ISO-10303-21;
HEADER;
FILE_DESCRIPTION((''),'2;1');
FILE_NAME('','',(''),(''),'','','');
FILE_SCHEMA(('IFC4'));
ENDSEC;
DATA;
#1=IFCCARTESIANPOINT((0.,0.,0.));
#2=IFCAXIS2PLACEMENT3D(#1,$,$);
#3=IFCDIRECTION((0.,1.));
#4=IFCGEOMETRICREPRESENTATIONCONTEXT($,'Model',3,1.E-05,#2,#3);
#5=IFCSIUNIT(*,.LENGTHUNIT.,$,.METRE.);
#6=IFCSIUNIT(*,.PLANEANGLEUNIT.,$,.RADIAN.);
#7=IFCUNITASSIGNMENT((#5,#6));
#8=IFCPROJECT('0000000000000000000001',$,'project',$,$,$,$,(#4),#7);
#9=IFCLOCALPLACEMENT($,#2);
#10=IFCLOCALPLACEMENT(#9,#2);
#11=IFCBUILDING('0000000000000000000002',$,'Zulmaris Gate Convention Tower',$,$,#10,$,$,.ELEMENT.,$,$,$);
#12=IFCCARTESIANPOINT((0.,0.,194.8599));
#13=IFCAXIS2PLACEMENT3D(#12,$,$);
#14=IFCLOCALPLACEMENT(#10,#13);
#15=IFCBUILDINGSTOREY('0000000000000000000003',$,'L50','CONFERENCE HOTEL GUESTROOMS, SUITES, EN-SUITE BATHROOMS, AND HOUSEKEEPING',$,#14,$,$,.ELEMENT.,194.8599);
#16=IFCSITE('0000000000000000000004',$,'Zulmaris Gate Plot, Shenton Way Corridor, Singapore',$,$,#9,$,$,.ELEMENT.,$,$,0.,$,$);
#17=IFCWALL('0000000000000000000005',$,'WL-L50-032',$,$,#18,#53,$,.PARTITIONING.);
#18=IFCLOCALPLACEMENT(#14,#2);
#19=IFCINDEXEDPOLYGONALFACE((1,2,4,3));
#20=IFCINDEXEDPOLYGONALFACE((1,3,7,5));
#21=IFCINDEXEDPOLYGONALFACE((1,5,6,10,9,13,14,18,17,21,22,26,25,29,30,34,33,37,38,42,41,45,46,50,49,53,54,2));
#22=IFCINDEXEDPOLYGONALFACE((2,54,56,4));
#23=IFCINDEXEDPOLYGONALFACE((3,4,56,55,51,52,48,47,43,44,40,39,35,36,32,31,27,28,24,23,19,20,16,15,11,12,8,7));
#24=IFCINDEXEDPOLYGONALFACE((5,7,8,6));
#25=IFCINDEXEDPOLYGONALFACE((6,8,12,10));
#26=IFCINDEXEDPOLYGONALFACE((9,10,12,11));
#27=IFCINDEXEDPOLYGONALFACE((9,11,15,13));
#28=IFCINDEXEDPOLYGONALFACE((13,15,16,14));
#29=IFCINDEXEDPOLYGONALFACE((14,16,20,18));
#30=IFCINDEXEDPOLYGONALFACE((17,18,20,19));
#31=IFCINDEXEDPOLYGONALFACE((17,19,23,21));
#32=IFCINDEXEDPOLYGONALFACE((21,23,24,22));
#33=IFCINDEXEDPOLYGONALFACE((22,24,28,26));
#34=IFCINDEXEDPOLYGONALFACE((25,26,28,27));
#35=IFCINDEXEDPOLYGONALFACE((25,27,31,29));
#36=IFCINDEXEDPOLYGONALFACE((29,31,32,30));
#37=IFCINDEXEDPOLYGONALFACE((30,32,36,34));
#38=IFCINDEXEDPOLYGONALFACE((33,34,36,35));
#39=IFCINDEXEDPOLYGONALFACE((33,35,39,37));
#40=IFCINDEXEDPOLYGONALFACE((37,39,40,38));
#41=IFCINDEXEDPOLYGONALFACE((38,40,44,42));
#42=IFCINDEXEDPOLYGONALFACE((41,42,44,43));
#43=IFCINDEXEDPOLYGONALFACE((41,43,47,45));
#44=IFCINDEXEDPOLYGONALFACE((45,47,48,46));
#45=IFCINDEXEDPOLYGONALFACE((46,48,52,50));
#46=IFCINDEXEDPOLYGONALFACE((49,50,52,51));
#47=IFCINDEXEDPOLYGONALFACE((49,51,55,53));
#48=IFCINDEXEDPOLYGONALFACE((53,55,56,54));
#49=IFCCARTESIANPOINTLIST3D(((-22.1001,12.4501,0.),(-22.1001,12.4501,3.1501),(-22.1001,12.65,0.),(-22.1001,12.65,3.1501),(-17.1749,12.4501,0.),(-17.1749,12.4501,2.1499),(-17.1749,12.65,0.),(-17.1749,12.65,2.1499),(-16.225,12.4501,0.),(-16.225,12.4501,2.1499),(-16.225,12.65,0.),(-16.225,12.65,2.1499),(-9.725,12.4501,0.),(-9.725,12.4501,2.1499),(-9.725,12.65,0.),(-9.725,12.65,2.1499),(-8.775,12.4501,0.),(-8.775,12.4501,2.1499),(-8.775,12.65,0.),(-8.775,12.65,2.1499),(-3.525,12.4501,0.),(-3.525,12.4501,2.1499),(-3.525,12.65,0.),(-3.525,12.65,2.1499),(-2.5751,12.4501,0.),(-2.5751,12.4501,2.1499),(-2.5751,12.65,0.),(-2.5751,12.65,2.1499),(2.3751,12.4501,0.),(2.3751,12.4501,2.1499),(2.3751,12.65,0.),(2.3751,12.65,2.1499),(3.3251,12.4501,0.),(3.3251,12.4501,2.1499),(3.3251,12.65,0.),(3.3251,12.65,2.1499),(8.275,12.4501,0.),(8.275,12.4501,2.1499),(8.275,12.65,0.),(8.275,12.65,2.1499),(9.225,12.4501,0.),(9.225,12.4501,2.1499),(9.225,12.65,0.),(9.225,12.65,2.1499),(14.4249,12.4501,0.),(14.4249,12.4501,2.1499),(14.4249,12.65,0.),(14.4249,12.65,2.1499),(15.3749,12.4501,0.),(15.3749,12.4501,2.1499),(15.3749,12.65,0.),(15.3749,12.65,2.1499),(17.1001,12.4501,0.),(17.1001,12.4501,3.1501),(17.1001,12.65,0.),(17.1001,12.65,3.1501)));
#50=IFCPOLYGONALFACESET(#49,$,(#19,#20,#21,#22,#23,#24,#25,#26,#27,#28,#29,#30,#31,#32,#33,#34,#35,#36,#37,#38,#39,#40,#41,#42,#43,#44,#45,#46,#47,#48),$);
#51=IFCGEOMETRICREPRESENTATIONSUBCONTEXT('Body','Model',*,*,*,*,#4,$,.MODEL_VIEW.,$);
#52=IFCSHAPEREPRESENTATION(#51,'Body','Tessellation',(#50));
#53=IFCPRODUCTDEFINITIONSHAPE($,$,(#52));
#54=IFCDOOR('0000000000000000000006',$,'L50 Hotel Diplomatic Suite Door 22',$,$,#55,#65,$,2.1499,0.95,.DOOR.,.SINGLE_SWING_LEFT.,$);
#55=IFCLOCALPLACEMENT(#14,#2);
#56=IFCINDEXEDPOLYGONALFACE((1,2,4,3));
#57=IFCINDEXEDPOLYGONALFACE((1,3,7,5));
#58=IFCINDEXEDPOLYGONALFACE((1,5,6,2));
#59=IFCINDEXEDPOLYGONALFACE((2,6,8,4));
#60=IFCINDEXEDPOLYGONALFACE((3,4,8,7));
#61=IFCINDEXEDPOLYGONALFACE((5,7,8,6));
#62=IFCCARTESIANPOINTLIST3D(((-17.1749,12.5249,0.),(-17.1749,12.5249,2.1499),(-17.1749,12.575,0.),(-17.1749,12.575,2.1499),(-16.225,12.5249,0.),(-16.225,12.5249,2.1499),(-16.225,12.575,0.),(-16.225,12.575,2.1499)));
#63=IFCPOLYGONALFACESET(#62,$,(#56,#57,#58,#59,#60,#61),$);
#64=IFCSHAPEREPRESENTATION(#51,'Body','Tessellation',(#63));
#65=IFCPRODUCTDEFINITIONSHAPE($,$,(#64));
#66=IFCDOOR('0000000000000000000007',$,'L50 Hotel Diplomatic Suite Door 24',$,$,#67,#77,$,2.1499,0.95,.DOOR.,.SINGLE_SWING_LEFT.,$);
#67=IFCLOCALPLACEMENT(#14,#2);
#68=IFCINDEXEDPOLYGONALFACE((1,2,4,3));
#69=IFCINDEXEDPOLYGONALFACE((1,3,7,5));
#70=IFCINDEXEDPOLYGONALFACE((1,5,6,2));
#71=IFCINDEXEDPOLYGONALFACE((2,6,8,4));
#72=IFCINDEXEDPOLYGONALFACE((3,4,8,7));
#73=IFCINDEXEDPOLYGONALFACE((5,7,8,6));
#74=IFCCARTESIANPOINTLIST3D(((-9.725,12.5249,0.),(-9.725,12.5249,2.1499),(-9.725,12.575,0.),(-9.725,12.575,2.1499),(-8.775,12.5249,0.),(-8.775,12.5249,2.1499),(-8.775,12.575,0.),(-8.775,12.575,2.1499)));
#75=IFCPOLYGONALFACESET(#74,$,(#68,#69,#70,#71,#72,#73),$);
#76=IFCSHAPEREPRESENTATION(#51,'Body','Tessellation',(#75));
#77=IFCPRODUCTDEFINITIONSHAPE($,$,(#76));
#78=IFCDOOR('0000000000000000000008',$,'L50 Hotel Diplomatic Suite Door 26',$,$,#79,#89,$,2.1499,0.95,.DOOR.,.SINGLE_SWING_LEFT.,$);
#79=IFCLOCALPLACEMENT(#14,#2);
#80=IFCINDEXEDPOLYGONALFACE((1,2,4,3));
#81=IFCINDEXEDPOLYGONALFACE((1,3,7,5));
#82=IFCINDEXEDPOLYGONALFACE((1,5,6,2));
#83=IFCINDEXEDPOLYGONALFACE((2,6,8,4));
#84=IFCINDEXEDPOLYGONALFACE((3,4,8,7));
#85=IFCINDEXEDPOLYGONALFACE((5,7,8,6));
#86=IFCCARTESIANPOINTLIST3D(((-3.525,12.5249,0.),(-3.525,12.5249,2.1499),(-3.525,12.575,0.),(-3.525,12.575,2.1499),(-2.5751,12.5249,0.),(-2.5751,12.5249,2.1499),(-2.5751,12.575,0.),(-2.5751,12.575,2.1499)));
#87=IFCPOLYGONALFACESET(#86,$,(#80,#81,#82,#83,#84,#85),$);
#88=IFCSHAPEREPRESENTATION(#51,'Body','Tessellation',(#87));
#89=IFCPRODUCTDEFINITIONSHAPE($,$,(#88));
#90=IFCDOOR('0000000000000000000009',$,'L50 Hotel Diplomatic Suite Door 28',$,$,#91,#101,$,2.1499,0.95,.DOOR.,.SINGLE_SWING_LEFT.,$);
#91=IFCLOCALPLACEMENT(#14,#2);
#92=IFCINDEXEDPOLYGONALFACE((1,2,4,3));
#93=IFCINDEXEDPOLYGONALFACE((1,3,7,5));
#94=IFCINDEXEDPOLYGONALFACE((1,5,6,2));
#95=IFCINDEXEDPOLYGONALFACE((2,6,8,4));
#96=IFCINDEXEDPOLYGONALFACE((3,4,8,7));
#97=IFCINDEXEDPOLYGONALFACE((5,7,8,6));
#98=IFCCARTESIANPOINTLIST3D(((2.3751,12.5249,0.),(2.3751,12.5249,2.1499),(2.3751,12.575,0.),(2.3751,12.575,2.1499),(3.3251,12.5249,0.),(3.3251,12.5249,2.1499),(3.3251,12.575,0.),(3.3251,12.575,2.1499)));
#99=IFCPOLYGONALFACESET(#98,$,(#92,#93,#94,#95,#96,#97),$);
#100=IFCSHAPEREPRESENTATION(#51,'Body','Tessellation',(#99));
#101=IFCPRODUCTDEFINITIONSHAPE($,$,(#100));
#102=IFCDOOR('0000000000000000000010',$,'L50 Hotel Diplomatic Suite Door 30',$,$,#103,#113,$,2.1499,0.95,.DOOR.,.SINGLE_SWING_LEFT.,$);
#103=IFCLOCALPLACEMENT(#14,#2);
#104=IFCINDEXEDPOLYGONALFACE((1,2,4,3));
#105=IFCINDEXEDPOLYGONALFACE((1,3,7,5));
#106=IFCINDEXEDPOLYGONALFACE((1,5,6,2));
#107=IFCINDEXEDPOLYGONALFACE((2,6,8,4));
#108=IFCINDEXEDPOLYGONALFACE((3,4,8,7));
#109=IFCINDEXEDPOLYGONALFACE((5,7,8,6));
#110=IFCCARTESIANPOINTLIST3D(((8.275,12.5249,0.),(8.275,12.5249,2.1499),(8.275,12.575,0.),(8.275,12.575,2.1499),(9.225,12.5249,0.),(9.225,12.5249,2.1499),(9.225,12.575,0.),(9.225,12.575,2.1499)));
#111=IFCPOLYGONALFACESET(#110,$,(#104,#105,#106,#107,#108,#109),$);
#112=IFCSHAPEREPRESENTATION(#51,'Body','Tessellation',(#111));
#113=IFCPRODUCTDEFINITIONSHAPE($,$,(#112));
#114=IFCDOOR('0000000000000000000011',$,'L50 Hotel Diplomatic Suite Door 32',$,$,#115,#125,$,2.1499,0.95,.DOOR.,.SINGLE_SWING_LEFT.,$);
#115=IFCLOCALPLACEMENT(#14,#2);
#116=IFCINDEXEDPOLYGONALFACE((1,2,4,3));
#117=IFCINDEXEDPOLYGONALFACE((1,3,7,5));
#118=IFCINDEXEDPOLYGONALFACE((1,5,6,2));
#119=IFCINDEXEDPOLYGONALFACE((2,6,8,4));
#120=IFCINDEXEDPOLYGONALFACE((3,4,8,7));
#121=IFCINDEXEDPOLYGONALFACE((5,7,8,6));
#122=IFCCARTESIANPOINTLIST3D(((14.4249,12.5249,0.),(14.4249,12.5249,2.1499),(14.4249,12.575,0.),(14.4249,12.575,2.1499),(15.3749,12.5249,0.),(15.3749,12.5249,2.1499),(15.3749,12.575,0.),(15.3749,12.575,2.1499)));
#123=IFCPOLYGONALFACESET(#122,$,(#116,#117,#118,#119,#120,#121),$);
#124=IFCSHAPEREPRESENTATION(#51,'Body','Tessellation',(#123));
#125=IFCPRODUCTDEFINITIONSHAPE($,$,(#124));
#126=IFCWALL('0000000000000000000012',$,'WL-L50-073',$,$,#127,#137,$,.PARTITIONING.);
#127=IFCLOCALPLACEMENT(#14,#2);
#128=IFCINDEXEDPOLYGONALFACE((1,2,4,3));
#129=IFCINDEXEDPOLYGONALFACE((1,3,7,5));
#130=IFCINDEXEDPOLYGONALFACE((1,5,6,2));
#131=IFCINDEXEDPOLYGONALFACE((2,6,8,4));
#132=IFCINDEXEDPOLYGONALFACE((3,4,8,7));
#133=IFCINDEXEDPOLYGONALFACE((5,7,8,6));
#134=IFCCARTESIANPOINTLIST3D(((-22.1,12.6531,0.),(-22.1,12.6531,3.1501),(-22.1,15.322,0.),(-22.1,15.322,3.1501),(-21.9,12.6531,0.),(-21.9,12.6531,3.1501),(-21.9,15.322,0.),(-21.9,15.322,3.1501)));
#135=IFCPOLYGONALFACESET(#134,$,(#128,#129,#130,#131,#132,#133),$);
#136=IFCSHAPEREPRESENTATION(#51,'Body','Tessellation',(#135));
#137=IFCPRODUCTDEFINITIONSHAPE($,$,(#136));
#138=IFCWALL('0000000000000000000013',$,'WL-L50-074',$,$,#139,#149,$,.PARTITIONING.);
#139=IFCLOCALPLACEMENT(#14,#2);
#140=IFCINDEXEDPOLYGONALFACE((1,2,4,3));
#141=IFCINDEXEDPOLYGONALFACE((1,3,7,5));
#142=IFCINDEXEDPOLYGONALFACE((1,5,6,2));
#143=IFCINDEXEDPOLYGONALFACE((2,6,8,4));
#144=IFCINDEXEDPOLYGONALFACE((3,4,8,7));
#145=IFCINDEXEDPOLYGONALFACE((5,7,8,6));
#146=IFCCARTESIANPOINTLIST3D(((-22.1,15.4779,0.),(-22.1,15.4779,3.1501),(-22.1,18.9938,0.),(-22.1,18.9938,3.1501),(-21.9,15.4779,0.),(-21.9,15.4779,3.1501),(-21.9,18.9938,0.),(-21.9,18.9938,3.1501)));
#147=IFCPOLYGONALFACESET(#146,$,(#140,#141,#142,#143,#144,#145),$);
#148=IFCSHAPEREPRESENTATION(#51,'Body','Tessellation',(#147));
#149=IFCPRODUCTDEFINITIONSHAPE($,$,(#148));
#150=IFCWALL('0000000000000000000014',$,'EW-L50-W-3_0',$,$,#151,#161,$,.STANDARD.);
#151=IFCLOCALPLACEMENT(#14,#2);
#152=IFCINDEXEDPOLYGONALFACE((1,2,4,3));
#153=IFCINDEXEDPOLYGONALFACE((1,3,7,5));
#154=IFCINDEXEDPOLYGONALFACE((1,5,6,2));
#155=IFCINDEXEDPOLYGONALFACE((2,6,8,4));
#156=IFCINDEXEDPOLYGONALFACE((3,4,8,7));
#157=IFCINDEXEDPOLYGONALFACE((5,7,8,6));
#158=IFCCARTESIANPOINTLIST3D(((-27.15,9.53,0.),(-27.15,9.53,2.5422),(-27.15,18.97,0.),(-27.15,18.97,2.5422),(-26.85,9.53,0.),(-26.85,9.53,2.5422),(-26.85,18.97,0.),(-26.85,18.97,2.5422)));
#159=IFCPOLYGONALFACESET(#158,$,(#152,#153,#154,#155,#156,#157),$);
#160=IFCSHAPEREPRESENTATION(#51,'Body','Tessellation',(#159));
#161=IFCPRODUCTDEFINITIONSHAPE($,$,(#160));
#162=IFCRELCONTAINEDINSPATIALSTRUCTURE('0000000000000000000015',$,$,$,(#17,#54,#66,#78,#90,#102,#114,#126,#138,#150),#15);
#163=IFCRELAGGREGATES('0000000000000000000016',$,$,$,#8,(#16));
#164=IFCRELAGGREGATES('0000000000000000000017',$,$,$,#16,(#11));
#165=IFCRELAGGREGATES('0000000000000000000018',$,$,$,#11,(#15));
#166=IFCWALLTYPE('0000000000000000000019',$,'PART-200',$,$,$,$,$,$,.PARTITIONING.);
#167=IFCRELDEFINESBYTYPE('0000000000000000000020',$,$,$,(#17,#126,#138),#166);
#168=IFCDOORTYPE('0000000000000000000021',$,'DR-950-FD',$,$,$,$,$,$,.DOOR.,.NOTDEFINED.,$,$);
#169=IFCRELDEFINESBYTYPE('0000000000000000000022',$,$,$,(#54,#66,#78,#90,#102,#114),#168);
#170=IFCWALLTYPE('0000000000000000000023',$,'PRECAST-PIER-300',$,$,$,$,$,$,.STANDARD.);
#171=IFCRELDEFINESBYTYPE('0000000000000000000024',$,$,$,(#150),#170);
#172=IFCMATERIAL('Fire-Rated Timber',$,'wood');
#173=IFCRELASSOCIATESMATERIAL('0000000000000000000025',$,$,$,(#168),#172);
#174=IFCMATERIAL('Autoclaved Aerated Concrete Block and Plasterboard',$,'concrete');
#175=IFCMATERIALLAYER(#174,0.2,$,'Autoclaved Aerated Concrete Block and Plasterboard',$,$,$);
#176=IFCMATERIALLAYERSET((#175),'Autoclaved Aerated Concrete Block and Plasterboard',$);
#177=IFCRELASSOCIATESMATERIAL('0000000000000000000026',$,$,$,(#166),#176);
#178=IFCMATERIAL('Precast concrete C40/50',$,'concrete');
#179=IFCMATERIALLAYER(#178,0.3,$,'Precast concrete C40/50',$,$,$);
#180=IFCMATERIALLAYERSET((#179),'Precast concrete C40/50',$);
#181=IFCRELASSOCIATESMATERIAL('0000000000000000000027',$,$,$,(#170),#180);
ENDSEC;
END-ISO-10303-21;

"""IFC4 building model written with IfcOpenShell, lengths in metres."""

from ifc_helpers import new_model, si_unit, direction, frame, frame_2d, origin, place, context, subcontext, project, spatial, rectangle, extrude, material, layer, layer_set, type_object, element, fill, save


model = new_model("IFC4")

# Units and contexts
model_context = context("Model", 3, precision=1e-05, world=origin(), true_north=direction((0.0, 1.0)))
body_context = subcontext(model_context, "Body", "Model", "MODEL_VIEW")
ifc_project = project(units=[si_unit("LENGTHUNIT", "METRE"), si_unit("PLANEANGLEUNIT", "RADIAN")], contexts=[model_context])

# Site, building, storey
site_placement = place(None, origin())
site = spatial("IfcSite", under=ifc_project, at=site_placement, Name="Zulmaris Gate Plot, Shenton Way Corridor, Singapore", CompositionType="ELEMENT", RefElevation=0.0)
building_placement = place(site_placement, origin())
building = spatial("IfcBuilding", under=site, at=building_placement, Name="Zulmaris Gate Convention Tower", CompositionType="ELEMENT")
storey_placement = place(building_placement, frame((0.0, 0.0, 194.8599)))
storey = spatial("IfcBuildingStorey", under=building, at=storey_placement, Name="L50", Description="CONFERENCE HOTEL GUESTROOMS, SUITES, EN-SUITE BATHROOMS, AND HOUSEKEEPING", CompositionType="ELEMENT", Elevation=194.8599)

# Shared definitions
ifc_material_1 = material(Name="Fire-Rated Timber", Category="wood")
door_type_1 = type_object("IfcDoorType", Name="DR-950-FD", OperationType="NOTDEFINED", PredefinedType="DOOR", material=ifc_material_1)

# Wall, openings, doors
ifc_material_2 = material(Name="Autoclaved Aerated Concrete Block and Plasterboard", Category="concrete")
ifc_layer_1 = layer(ifc_material_2, 0.2, Name="Autoclaved Aerated Concrete Block and Plasterboard")
ifc_layer_set_1 = layer_set([ifc_layer_1], Name="Autoclaved Aerated Concrete Block and Plasterboard")
wall_type_1 = type_object("IfcWallType", Name="PART-200", PredefinedType="PARTITIONING", material=ifc_layer_set_1)
wall_1_placement = place(storey_placement, frame((-22.1001, 12.55, 0.0), z_axis=(0.0, 0.0, 1.0), x_axis=(1.0, 0.0, 0.0)))
wall_1 = element("IfcWall", 1, at=wall_1_placement, inside=storey, type_object=wall_type_1, Name="WL-L50-032", PredefinedType="PARTITIONING", context=body_context, shape_type="SweptSolid", body=[
    extrude(rectangle(XDim=39.2002, YDim=0.2, at=frame_2d((19.6001, 0.0))), origin(), (0.0, 0.0, 1.0), 3.1501),
])
opening_1_placement = place(wall_1_placement, frame((4.925, 0.0, 0.0)))
opening_1 = element("IfcOpeningElement", 2, at=opening_1_placement, cuts=wall_1, PredefinedType="OPENING", context=body_context, shape_type="SweptSolid", body=[
    extrude(rectangle(XDim=0.95, YDim=2.1499, at=frame_2d((0.4751, 1.075))), frame((0.0, 0.1099, 0.0), z_axis=(0.0, -1.0, 0.0), x_axis=(1.0, 0.0, 0.0)), (0.0, 0.0, 1.0), 0.22),
])
opening_2_placement = place(wall_1_placement, frame((12.375, 0.0, 0.0)))
opening_2 = element("IfcOpeningElement", 3, at=opening_2_placement, cuts=wall_1, PredefinedType="OPENING", context=body_context, shape_type="SweptSolid", body=[
    extrude(rectangle(XDim=0.95, YDim=2.1499, at=frame_2d((0.4751, 1.075))), frame((0.0, 0.1099, 0.0), z_axis=(0.0, -1.0, 0.0), x_axis=(1.0, 0.0, 0.0)), (0.0, 0.0, 1.0), 0.22),
])
opening_3_placement = place(wall_1_placement, frame((18.575, 0.0, 0.0)))
opening_3 = element("IfcOpeningElement", 4, at=opening_3_placement, cuts=wall_1, PredefinedType="OPENING", context=body_context, shape_type="SweptSolid", body=[
    extrude(rectangle(XDim=0.95, YDim=2.1499, at=frame_2d((0.4751, 1.075))), frame((0.0, 0.1099, 0.0), z_axis=(0.0, -1.0, 0.0), x_axis=(1.0, 0.0, 0.0)), (0.0, 0.0, 1.0), 0.22),
])
opening_4_placement = place(wall_1_placement, frame((24.4751, 0.0, 0.0)))
opening_4 = element("IfcOpeningElement", 5, at=opening_4_placement, cuts=wall_1, PredefinedType="OPENING", context=body_context, shape_type="SweptSolid", body=[
    extrude(rectangle(XDim=0.95, YDim=2.1499, at=frame_2d((0.4751, 1.075))), frame((0.0, 0.1099, 0.0), z_axis=(0.0, -1.0, 0.0), x_axis=(1.0, 0.0, 0.0)), (0.0, 0.0, 1.0), 0.22),
])
opening_5_placement = place(wall_1_placement, frame((30.375, 0.0, 0.0)))
opening_5 = element("IfcOpeningElement", 6, at=opening_5_placement, cuts=wall_1, PredefinedType="OPENING", context=body_context, shape_type="SweptSolid", body=[
    extrude(rectangle(XDim=0.95, YDim=2.1499, at=frame_2d((0.4751, 1.075))), frame((0.0, 0.1099, 0.0), z_axis=(0.0, -1.0, 0.0), x_axis=(1.0, 0.0, 0.0)), (0.0, 0.0, 1.0), 0.22),
])
opening_6_placement = place(wall_1_placement, frame((36.5249, 0.0, 0.0)))
opening_6 = element("IfcOpeningElement", 7, at=opening_6_placement, cuts=wall_1, PredefinedType="OPENING", context=body_context, shape_type="SweptSolid", body=[
    extrude(rectangle(XDim=0.95, YDim=2.1499, at=frame_2d((0.4751, 1.075))), frame((0.0, 0.1099, 0.0), z_axis=(0.0, -1.0, 0.0), x_axis=(1.0, 0.0, 0.0)), (0.0, 0.0, 1.0), 0.22),
])
door_1_placement = place(opening_1_placement, origin())
door_1 = element("IfcDoor", 8, at=door_1_placement, inside=storey, type_object=door_type_1, Name="L50 Hotel Diplomatic Suite Door 22", OperationType="SINGLE_SWING_LEFT", OverallHeight=2.1499, OverallWidth=0.95, PredefinedType="DOOR", context=body_context, shape_type="SweptSolid", body=[
    extrude(rectangle(XDim=0.95, YDim=2.1499, at=frame_2d((0.4751, 1.075))), frame((0.0, 0.0249, 0.0), z_axis=(0.0, -1.0, 0.0), x_axis=(1.0, 0.0, 0.0)), (0.0, 0.0, 1.0), 0.05),
])
fill(opening_1, door_1)
door_2_placement = place(opening_2_placement, origin())
door_2 = element("IfcDoor", 9, at=door_2_placement, inside=storey, type_object=door_type_1, Name="L50 Hotel Diplomatic Suite Door 24", OperationType="SINGLE_SWING_LEFT", OverallHeight=2.1499, OverallWidth=0.95, PredefinedType="DOOR", context=body_context, shape_type="SweptSolid", body=[
    extrude(rectangle(XDim=0.95, YDim=2.1499, at=frame_2d((0.4751, 1.075))), frame((0.0, 0.0249, 0.0), z_axis=(0.0, -1.0, 0.0), x_axis=(1.0, 0.0, 0.0)), (0.0, 0.0, 1.0), 0.05),
])
fill(opening_2, door_2)
door_3_placement = place(opening_3_placement, origin())
door_3 = element("IfcDoor", 10, at=door_3_placement, inside=storey, type_object=door_type_1, Name="L50 Hotel Diplomatic Suite Door 26", OperationType="SINGLE_SWING_LEFT", OverallHeight=2.1499, OverallWidth=0.95, PredefinedType="DOOR", context=body_context, shape_type="SweptSolid", body=[
    extrude(rectangle(XDim=0.95, YDim=2.1499, at=frame_2d((0.4751, 1.075))), frame((0.0, 0.0249, 0.0), z_axis=(0.0, -1.0, 0.0), x_axis=(1.0, 0.0, 0.0)), (0.0, 0.0, 1.0), 0.05),
])
fill(opening_3, door_3)
door_4_placement = place(opening_4_placement, origin())
door_4 = element("IfcDoor", 11, at=door_4_placement, inside=storey, type_object=door_type_1, Name="L50 Hotel Diplomatic Suite Door 28", OperationType="SINGLE_SWING_LEFT", OverallHeight=2.1499, OverallWidth=0.95, PredefinedType="DOOR", context=body_context, shape_type="SweptSolid", body=[
    extrude(rectangle(XDim=0.95, YDim=2.1499, at=frame_2d((0.4751, 1.075))), frame((0.0, 0.0249, 0.0), z_axis=(0.0, -1.0, 0.0), x_axis=(1.0, 0.0, 0.0)), (0.0, 0.0, 1.0), 0.05),
])
fill(opening_4, door_4)
door_5_placement = place(opening_5_placement, origin())
door_5 = element("IfcDoor", 12, at=door_5_placement, inside=storey, type_object=door_type_1, Name="L50 Hotel Diplomatic Suite Door 30", OperationType="SINGLE_SWING_LEFT", OverallHeight=2.1499, OverallWidth=0.95, PredefinedType="DOOR", context=body_context, shape_type="SweptSolid", body=[
    extrude(rectangle(XDim=0.95, YDim=2.1499, at=frame_2d((0.4751, 1.075))), frame((0.0, 0.0249, 0.0), z_axis=(0.0, -1.0, 0.0), x_axis=(1.0, 0.0, 0.0)), (0.0, 0.0, 1.0), 0.05),
])
fill(opening_5, door_5)
door_6_placement = place(opening_6_placement, origin())
door_6 = element("IfcDoor", 13, at=door_6_placement, inside=storey, type_object=door_type_1, Name="L50 Hotel Diplomatic Suite Door 32", OperationType="SINGLE_SWING_LEFT", OverallHeight=2.1499, OverallWidth=0.95, PredefinedType="DOOR", context=body_context, shape_type="SweptSolid", body=[
    extrude(rectangle(XDim=0.95, YDim=2.1499, at=frame_2d((0.4751, 1.075))), frame((0.0, 0.0249, 0.0), z_axis=(0.0, -1.0, 0.0), x_axis=(1.0, 0.0, 0.0)), (0.0, 0.0, 1.0), 0.05),
])
fill(opening_6, door_6)

# Walls
wall_2_placement = place(storey_placement, frame((-22.0, 12.6531, 0.0), z_axis=(0.0, 0.0, 1.0), x_axis=(0.0, 1.0, 0.0)))
element("IfcWall", 14, at=wall_2_placement, inside=storey, type_object=wall_type_1, Name="WL-L50-073", PredefinedType="PARTITIONING", context=body_context, shape_type="SweptSolid", body=[
    extrude(rectangle(XDim=2.6689, YDim=0.2, at=frame_2d((1.3345, 0.0))), origin(), (0.0, 0.0, 1.0), 3.1501),
])
wall_3_placement = place(storey_placement, frame((-22.0, 15.478, 0.0), z_axis=(0.0, 0.0, 1.0), x_axis=(0.0, 1.0, 0.0)))
element("IfcWall", 15, at=wall_3_placement, inside=storey, type_object=wall_type_1, Name="WL-L50-074", PredefinedType="PARTITIONING", context=body_context, shape_type="SweptSolid", body=[
    extrude(rectangle(XDim=3.5159, YDim=0.2, at=frame_2d((1.7578, 0.0))), origin(), (0.0, 0.0, 1.0), 3.1501),
])
ifc_material_3 = material(Name="Precast concrete C40/50", Category="concrete")
ifc_layer_2 = layer(ifc_material_3, 0.3, Name="Precast concrete C40/50")
ifc_layer_set_2 = layer_set([ifc_layer_2], Name="Precast concrete C40/50")
wall_type_2 = type_object("IfcWallType", Name="PRECAST-PIER-300", PredefinedType="STANDARD", material=ifc_layer_set_2)
wall_4_placement = place(storey_placement, frame((-27.0, 18.97, 0.0), z_axis=(0.0, 0.0, 1.0), x_axis=(0.0, -1.0, 0.0)))
element("IfcWall", 16, at=wall_4_placement, inside=storey, type_object=wall_type_2, Name="EW-L50-W-3_0", PredefinedType="STANDARD", context=body_context, shape_type="SweptSolid", body=[
    extrude(rectangle(XDim=9.4399, YDim=0.3, at=frame_2d((4.72, 0.0))), origin(), (0.0, 0.0, 1.0), 2.5422),
])

save(model, "model.ifc")
